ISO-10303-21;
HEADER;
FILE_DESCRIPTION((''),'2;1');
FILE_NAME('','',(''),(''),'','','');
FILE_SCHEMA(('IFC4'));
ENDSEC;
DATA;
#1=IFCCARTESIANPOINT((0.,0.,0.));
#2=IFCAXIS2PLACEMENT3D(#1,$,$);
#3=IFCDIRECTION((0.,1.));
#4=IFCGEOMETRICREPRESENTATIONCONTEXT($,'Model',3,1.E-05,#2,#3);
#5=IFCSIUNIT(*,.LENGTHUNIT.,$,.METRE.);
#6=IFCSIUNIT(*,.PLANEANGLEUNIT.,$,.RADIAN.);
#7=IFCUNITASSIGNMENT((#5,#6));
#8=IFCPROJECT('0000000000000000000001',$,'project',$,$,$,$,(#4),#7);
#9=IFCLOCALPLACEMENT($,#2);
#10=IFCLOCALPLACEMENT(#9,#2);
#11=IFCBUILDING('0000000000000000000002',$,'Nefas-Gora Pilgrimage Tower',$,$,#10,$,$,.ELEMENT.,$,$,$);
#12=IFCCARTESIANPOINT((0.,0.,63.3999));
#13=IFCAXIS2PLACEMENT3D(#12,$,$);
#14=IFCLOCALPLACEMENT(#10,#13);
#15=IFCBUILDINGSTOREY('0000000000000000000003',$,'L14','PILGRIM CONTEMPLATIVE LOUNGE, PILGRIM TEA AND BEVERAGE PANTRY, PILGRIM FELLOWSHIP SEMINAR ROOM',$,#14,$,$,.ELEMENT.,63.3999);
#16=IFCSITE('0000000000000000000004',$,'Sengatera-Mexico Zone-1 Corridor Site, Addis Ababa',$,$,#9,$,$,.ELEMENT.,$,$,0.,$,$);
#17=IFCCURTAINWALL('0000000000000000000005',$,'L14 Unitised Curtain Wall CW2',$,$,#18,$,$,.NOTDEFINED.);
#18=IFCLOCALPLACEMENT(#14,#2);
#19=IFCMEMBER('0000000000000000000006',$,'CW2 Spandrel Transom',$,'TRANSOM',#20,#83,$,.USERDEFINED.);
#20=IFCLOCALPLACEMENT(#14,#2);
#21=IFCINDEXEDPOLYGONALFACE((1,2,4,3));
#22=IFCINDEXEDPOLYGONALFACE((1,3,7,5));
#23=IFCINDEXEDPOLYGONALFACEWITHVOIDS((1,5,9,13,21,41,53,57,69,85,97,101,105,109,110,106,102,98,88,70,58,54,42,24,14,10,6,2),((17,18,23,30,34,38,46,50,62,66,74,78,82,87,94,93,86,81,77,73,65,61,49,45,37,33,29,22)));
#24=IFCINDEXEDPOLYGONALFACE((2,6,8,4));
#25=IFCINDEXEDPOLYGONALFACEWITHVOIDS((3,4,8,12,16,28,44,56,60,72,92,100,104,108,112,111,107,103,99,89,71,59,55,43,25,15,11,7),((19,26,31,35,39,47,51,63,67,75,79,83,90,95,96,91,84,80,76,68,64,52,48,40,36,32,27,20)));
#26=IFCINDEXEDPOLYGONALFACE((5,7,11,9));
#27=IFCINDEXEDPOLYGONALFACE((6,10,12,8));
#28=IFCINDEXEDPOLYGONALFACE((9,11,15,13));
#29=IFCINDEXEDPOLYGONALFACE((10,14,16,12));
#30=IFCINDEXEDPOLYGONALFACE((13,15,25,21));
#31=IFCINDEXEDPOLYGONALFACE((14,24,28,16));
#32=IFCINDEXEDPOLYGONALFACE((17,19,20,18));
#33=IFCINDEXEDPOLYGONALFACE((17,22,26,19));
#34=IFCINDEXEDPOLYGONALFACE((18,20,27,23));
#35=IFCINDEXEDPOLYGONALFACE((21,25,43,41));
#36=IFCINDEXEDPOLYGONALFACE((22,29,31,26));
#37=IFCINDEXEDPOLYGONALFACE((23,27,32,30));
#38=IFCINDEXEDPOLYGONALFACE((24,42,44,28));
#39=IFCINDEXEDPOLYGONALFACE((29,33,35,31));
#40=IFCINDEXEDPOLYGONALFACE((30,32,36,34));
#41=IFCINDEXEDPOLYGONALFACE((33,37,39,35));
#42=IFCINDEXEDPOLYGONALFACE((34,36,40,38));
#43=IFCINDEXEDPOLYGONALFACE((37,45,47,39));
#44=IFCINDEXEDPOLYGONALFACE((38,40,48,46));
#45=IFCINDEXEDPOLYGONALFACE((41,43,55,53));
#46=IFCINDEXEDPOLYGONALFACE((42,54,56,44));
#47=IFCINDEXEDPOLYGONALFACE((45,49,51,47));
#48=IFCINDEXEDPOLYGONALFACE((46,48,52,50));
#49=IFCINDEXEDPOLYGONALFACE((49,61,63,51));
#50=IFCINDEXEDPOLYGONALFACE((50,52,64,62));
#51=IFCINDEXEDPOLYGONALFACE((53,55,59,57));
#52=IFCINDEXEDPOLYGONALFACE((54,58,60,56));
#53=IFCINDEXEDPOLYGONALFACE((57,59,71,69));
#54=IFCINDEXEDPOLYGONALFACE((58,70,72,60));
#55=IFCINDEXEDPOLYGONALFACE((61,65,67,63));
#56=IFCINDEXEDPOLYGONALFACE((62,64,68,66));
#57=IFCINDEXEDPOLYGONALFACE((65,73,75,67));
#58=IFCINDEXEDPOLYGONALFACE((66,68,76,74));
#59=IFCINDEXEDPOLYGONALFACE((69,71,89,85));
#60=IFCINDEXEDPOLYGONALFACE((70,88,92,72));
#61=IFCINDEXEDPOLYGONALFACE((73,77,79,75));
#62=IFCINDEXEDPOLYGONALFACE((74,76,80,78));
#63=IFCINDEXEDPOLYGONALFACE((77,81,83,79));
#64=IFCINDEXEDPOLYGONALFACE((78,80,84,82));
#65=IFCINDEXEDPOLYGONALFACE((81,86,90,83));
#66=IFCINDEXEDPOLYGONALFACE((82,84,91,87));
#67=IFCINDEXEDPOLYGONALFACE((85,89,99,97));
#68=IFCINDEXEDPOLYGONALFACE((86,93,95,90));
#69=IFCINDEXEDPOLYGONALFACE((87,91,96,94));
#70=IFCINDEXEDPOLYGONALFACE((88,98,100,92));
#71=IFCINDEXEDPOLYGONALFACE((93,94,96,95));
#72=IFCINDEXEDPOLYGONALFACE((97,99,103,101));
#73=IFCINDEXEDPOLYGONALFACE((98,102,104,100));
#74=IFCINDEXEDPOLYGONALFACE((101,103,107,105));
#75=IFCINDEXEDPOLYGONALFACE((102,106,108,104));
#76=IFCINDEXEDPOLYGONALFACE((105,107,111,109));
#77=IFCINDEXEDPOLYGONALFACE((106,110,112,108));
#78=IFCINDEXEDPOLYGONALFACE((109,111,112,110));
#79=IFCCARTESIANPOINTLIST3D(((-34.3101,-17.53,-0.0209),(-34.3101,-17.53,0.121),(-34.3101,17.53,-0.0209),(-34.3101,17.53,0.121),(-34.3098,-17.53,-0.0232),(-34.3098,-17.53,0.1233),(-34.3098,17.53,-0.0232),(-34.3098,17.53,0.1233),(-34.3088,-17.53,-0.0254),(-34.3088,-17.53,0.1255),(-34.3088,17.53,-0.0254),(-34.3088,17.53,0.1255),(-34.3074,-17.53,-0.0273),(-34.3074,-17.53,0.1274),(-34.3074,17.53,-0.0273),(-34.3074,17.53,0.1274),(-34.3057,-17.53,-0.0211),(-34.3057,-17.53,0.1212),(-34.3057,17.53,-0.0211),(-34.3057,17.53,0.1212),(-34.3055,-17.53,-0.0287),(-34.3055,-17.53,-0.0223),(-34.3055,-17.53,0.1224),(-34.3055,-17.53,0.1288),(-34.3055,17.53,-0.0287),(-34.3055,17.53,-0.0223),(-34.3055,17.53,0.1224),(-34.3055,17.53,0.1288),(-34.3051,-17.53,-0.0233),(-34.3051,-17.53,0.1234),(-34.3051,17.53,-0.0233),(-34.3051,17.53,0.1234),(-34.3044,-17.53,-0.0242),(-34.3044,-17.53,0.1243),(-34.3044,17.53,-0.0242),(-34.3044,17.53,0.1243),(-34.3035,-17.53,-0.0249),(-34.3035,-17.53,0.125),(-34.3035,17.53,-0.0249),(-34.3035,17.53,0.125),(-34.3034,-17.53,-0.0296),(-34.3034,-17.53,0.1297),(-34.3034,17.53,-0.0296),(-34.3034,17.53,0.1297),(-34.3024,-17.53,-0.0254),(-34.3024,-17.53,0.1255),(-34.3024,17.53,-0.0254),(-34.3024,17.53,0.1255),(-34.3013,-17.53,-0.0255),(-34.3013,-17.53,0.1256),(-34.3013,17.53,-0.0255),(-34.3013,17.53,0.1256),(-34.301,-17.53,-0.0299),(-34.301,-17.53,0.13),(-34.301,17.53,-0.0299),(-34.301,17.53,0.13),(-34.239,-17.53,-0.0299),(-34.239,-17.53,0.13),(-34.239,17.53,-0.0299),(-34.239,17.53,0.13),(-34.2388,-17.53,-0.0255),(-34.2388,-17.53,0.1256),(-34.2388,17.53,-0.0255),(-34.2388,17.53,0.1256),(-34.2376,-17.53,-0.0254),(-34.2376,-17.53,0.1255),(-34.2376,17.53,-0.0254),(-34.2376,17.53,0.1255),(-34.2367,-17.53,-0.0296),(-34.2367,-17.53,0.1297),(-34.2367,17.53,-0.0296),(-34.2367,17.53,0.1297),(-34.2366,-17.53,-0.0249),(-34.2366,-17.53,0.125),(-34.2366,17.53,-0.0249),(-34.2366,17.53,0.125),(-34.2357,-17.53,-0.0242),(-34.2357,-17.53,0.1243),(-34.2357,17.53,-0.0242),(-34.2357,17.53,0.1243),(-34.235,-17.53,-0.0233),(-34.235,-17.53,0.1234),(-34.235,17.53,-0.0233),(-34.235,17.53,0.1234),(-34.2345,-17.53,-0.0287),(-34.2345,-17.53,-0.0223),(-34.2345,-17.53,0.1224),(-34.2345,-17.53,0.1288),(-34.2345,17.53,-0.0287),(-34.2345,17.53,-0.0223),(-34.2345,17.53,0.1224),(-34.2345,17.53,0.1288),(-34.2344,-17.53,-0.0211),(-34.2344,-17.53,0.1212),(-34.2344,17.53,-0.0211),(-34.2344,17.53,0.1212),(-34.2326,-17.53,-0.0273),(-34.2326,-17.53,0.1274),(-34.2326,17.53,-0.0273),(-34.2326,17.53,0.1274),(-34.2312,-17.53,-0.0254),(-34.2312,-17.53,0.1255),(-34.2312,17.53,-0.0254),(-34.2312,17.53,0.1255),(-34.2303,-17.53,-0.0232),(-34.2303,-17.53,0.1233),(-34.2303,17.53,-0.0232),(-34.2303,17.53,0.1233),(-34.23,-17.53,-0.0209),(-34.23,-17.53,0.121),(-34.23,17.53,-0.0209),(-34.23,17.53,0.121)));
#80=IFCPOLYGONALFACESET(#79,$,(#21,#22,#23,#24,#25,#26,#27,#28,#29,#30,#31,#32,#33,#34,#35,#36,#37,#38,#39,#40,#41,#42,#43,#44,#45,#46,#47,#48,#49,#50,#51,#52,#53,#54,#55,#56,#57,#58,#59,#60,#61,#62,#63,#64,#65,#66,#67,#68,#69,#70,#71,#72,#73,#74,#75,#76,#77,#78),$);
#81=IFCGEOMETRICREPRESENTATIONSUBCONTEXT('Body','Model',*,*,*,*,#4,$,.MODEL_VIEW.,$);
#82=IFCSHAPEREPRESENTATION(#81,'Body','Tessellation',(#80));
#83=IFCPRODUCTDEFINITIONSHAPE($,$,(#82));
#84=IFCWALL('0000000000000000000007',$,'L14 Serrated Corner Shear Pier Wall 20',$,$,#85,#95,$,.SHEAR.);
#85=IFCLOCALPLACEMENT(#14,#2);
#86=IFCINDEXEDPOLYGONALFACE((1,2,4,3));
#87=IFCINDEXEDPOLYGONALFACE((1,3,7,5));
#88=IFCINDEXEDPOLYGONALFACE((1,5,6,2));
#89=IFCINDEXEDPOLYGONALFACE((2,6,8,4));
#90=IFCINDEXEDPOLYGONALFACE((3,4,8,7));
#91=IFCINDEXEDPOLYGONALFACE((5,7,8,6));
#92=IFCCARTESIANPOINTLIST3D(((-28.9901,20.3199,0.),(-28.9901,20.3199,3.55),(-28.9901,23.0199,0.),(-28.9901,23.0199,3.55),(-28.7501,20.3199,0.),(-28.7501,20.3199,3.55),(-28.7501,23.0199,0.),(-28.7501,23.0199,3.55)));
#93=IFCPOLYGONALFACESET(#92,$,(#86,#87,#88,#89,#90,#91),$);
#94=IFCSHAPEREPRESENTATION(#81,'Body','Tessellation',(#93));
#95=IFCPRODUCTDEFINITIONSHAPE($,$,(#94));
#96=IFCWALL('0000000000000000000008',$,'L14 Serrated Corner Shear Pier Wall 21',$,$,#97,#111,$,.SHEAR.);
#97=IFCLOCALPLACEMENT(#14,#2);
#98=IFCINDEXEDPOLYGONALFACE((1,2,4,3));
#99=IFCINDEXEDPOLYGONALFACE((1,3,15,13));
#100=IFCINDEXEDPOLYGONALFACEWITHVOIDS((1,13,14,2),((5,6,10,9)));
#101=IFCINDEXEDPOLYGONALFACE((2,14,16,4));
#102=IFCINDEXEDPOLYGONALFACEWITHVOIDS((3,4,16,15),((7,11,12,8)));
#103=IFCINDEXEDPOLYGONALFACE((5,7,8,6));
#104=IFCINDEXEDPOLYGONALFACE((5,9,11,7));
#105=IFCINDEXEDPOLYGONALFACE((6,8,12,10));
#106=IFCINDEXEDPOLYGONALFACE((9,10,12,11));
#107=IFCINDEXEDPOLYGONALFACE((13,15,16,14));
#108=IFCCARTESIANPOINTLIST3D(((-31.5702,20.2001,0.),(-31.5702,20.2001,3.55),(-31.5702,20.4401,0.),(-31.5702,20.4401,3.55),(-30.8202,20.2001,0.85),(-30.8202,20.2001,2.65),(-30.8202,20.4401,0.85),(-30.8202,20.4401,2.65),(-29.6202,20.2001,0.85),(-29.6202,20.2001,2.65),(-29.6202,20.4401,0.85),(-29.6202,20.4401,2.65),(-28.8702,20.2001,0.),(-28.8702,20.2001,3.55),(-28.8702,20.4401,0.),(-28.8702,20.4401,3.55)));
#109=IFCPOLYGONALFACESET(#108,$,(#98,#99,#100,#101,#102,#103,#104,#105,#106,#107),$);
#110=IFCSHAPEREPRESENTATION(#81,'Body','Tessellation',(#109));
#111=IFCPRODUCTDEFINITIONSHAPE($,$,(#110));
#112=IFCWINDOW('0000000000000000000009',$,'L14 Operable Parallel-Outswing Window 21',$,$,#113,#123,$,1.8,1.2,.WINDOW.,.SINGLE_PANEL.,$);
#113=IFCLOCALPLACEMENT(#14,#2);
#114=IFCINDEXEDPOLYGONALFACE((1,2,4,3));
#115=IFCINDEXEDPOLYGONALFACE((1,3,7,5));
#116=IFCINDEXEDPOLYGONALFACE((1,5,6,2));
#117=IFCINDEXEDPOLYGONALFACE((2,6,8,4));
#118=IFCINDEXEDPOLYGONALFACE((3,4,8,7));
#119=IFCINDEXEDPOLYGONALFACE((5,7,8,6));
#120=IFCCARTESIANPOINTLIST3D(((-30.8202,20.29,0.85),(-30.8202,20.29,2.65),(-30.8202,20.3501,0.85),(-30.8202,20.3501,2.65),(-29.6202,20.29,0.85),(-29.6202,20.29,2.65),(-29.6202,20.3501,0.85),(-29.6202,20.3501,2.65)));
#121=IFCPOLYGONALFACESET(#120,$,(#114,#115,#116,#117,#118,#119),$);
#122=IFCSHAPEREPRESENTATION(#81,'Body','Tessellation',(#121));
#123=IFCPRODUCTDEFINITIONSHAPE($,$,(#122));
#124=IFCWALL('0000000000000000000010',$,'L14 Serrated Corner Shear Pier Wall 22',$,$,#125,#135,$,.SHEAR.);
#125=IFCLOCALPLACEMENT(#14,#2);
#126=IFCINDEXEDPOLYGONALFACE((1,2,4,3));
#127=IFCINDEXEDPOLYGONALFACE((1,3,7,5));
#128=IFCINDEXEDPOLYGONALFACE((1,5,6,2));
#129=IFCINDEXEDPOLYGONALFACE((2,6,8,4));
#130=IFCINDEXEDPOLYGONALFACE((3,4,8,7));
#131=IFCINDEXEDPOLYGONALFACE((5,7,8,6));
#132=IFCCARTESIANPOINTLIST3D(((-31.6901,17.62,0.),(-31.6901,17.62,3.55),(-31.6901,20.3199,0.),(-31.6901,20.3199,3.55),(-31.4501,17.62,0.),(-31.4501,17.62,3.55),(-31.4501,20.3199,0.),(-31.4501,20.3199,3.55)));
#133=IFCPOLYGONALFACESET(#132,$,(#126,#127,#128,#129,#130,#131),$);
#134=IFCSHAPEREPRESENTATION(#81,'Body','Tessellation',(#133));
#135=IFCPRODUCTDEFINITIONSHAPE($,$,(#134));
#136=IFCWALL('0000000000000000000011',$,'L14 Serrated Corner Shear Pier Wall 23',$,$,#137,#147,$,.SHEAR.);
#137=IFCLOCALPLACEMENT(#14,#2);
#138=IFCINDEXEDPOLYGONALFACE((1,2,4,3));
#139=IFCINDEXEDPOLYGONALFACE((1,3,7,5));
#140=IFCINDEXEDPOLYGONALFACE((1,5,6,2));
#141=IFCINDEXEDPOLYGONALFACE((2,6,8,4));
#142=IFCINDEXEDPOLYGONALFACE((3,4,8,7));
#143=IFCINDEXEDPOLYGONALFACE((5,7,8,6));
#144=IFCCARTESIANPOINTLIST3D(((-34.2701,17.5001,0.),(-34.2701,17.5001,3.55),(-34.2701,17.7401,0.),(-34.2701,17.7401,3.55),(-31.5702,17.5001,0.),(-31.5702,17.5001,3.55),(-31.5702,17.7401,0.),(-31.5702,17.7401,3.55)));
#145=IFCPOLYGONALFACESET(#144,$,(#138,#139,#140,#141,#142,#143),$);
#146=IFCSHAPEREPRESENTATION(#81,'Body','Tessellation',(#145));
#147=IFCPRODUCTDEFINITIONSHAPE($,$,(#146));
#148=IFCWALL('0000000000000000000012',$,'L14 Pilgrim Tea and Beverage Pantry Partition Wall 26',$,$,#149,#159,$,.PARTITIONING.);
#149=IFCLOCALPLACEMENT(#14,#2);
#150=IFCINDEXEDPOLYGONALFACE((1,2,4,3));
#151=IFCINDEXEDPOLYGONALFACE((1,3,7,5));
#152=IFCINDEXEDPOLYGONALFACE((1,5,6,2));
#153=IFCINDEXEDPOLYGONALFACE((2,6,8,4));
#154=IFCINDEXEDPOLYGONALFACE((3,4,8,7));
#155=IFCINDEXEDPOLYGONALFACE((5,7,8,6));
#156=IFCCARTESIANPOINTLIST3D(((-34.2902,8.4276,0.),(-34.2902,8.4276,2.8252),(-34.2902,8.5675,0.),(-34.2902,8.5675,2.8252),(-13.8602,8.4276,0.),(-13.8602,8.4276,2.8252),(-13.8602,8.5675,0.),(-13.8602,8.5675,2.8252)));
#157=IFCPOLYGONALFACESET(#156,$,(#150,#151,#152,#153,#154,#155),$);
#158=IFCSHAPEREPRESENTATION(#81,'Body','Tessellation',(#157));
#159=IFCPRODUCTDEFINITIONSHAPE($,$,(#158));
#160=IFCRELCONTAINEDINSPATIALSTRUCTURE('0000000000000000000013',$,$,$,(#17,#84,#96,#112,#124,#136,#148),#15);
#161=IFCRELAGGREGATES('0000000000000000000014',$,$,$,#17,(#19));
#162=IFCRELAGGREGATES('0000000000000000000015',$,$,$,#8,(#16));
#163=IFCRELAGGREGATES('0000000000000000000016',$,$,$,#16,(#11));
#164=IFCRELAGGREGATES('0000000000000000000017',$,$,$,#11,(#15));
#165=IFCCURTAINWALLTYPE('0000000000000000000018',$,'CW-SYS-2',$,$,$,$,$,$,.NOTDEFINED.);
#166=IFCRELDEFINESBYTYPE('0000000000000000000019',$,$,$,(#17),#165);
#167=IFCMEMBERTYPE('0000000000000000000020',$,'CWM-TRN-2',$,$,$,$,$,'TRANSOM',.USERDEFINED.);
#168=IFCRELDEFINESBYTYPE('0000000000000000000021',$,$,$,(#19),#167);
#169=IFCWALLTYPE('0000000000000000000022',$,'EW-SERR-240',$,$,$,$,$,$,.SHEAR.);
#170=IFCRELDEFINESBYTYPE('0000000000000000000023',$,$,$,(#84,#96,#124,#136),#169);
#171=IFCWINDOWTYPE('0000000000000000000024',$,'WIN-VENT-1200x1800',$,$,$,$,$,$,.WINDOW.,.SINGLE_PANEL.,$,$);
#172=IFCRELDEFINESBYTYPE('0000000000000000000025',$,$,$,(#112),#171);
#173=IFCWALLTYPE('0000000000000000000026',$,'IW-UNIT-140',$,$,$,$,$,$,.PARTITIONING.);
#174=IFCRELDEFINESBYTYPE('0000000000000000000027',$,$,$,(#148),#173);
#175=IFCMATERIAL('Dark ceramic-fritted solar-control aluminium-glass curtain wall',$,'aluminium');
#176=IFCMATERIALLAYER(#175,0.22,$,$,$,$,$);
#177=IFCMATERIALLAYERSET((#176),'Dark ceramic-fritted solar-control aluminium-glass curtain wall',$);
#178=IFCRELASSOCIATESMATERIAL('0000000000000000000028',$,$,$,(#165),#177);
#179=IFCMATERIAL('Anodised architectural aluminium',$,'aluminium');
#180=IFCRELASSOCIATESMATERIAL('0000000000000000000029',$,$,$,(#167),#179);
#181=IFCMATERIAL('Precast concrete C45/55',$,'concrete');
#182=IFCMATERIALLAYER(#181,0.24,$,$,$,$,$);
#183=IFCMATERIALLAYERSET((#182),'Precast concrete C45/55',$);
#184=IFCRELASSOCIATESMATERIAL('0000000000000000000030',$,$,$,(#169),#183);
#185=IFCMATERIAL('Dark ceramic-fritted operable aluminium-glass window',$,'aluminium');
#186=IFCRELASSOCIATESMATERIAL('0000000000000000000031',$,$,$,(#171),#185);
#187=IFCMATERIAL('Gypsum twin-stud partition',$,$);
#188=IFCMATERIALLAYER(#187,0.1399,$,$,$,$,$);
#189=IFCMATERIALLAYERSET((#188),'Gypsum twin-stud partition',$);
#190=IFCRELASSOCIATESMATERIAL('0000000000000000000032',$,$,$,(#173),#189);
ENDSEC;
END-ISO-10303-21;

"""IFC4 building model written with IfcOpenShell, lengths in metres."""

from ifc_helpers import new_model, si_unit, direction, frame, frame_2d, origin, origin_2d, place, context, subcontext, project, spatial, rectangle, hollow_rectangle, extrude, source, transform, mapped, material, layer, layer_set, material_profile, profile_set, type_object, element, fill, aggregate, save


model = new_model("IFC4")

# Units and contexts
model_context = context("Model", 3, precision=1e-05, world=origin(), true_north=direction((0.0, 1.0)))
body_context = subcontext(model_context, "Body", "Model", "MODEL_VIEW")
ifc_project = project(units=[si_unit("LENGTHUNIT", "METRE"), si_unit("PLANEANGLEUNIT", "RADIAN")], contexts=[model_context])

# Site, building, storey
site_placement = place(None, origin())
site = spatial("IfcSite", under=ifc_project, at=site_placement, Name="Sengatera-Mexico Zone-1 Corridor Site, Addis Ababa", CompositionType="ELEMENT", RefElevation=0.0)
building_placement = place(site_placement, origin())
building = spatial("IfcBuilding", under=site, at=building_placement, Name="Nefas-Gora Pilgrimage Tower", CompositionType="ELEMENT")
storey_placement = place(building_placement, frame((0.0, 0.0, 63.3999)))
storey = spatial("IfcBuildingStorey", under=building, at=storey_placement, Name="L14", Description="PILGRIM CONTEMPLATIVE LOUNGE, PILGRIM TEA AND BEVERAGE PANTRY, PILGRIM FELLOWSHIP SEMINAR ROOM", CompositionType="ELEMENT", Elevation=63.3999)

# Shared definitions
ifc_material_1 = material(Name="Dark ceramic-fritted solar-control aluminium-glass curtain wall", Category="aluminium")
ifc_layer_1 = layer(ifc_material_1, 0.22)
ifc_layer_set_1 = layer_set([ifc_layer_1], Name="Dark ceramic-fritted solar-control aluminium-glass curtain wall")
curtain_wall_type = type_object("IfcCurtainWallType", Name="CW-SYS-2", PredefinedType="NOTDEFINED", material=ifc_layer_set_1)
ifc_material_2 = material(Name="Anodised architectural aluminium", Category="aluminium")

# Curtain wall, member
curtain_wall_1_placement = place(storey_placement, origin())
curtain_wall_1 = element("IfcCurtainWall", 1, at=curtain_wall_1_placement, inside=storey, type_object=curtain_wall_type, Name="L14 Unitised Curtain Wall CW2", PredefinedType="NOTDEFINED")
ifc_material_profile_1 = material_profile(ifc_material_2, hollow_rectangle(XDim=0.0801, YDim=0.1599, WallThickness=0.0044, InnerFilletRadius=0.0044, OuterFilletRadius=0.009, at=origin_2d()), Name="ALU TRANSOM 80x160")
ifc_profile_set_1 = profile_set([ifc_material_profile_1], Name="Anodised architectural aluminium")
member_type_1 = type_object("IfcMemberType", Name="CWM-TRN-2", ElementType="TRANSOM", PredefinedType="USERDEFINED", material=ifc_profile_set_1)
shared_shape_1 = source(origin(), body_context, "Body", "SweptSolid", [
    extrude(hollow_rectangle(XDim=0.0801, YDim=0.1599, WallThickness=0.0044, InnerFilletRadius=0.0044, OuterFilletRadius=0.009, at=origin_2d()), origin(), (0.0, 0.0, 1.0), 35.0601),
])
member_1_placement = place(storey_placement, frame((-34.27, 17.53, 0.05), z_axis=(0.0, -1.0, 0.0), x_axis=(1.0, 0.0, 0.0)))
member_1 = element("IfcMember", 2, at=member_1_placement, type_object=member_type_1, Name="CW2 Spandrel Transom", ObjectType="TRANSOM", PredefinedType="USERDEFINED", context=body_context, shape_type="MappedRepresentation", body=[
    mapped(shared_shape_1, transform((0.0, 0.0, 0.0), x_axis=(1.0, 0.0, 0.0), y_axis=(0.0, 1.0, 0.0), z_axis=(0.0, 0.0, 1.0), scale=1.0)),
])
aggregate(curtain_wall_1, [member_1])

# Wall
ifc_material_3 = material(Name="Precast concrete C45/55", Category="concrete")
ifc_layer_2 = layer(ifc_material_3, 0.24)
ifc_layer_set_2 = layer_set([ifc_layer_2], Name="Precast concrete C45/55")
wall_type_1 = type_object("IfcWallType", Name="EW-SERR-240", PredefinedType="SHEAR", material=ifc_layer_set_2)
shared_shape_2 = source(origin(), body_context, "Body", "SweptSolid", [
    extrude(rectangle(XDim=2.7, YDim=0.24, at=frame_2d((1.3501, 0.0))), origin(), (0.0, 0.0, 1.0), 3.55),
])
wall_1_placement = place(storey_placement, frame((-28.8701, 23.02, 0.0), z_axis=(0.0, 0.0, 1.0), x_axis=(0.0, -1.0, 0.0)))
element("IfcWall", 3, at=wall_1_placement, inside=storey, type_object=wall_type_1, Name="L14 Serrated Corner Shear Pier Wall 20", PredefinedType="SHEAR", context=body_context, shape_type="MappedRepresentation", body=[
    mapped(shared_shape_2, transform((0.0, 0.0, 0.0), x_axis=(1.0, 0.0, 0.0), y_axis=(0.0, 1.0, 0.0), z_axis=(0.0, 0.0, 1.0), scale=1.0)),
])

# Wall, opening, window
wall_2_placement = place(storey_placement, frame((-28.8701, 20.3201, 0.0), z_axis=(0.0, 0.0, 1.0), x_axis=(-1.0, 0.0, 0.0)))
wall_2 = element("IfcWall", 4, at=wall_2_placement, inside=storey, type_object=wall_type_1, Name="L14 Serrated Corner Shear Pier Wall 21", PredefinedType="SHEAR", context=body_context, shape_type="MappedRepresentation", body=[
    mapped(shared_shape_2, transform((0.0, 0.0, 0.0), x_axis=(1.0, 0.0, 0.0), y_axis=(0.0, 1.0, 0.0), z_axis=(0.0, 0.0, 1.0), scale=1.0)),
])
opening_placement = place(wall_2_placement, frame((0.75, 0.0, 0.8501)))
opening = element("IfcOpeningElement", 5, at=opening_placement, cuts=wall_2, PredefinedType="OPENING", context=body_context, shape_type="SweptSolid", body=[
    extrude(rectangle(XDim=1.2, YDim=1.8, at=frame_2d((0.6001, 0.8999))), frame((0.0, 0.1299, 0.0), z_axis=(0.0, -1.0, 0.0), x_axis=(1.0, 0.0, 0.0)), (0.0, 0.0, 1.0), 0.26),
])
ifc_material_4 = material(Name="Dark ceramic-fritted operable aluminium-glass window", Category="aluminium")
window_type = type_object("IfcWindowType", Name="WIN-VENT-1200x1800", PartitioningType="SINGLE_PANEL", PredefinedType="WINDOW", material=ifc_material_4)
shared_shape_3 = source(origin(), body_context, "Body", "SweptSolid", [
    extrude(rectangle(XDim=1.2, YDim=1.8, at=frame_2d((0.6001, 0.8999))), frame((0.0, 0.03, 0.0), z_axis=(0.0, -1.0, 0.0), x_axis=(1.0, 0.0, 0.0)), (0.0, 0.0, 1.0), 0.0601),
])
window_placement = place(opening_placement, origin())
window = element("IfcWindow", 6, at=window_placement, inside=storey, type_object=window_type, Name="L14 Operable Parallel-Outswing Window 21", OverallHeight=1.8, OverallWidth=1.2, PartitioningType="SINGLE_PANEL", PredefinedType="WINDOW", context=body_context, shape_type="MappedRepresentation", body=[
    mapped(shared_shape_3, transform((0.0, 0.0, 0.0), x_axis=(1.0, 0.0, 0.0), y_axis=(0.0, 1.0, 0.0), z_axis=(0.0, 0.0, 1.0), scale=1.0)),
])
fill(opening, window)

# Walls
for number, where, z_axis, x_axis, name in (
    (7, (-31.5701, 20.3201, 0.0), (0.0, 0.0, 1.0), (0.0, -1.0, 0.0), "L14 Serrated Corner Shear Pier Wall 22"),
    (8, (-31.5701, 17.6201, 0.0), (0.0, 0.0, 1.0), (-1.0, 0.0, 0.0), "L14 Serrated Corner Shear Pier Wall 23"),
):
    element("IfcWall", number, at=place(storey_placement, frame(where, z_axis=z_axis, x_axis=x_axis)), inside=storey, type_object=wall_type_1, Name=name, PredefinedType="SHEAR", context=body_context, shape_type="MappedRepresentation", body=[
        mapped(shared_shape_2, transform((0.0, 0.0, 0.0), x_axis=(1.0, 0.0, 0.0), y_axis=(0.0, 1.0, 0.0), z_axis=(0.0, 0.0, 1.0), scale=1.0)),
    ])
ifc_material_5 = material(Name="Gypsum twin-stud partition")
ifc_layer_3 = layer(ifc_material_5, 0.1399)
ifc_layer_set_3 = layer_set([ifc_layer_3], Name="Gypsum twin-stud partition")
wall_type_2 = type_object("IfcWallType", Name="IW-UNIT-140", PredefinedType="PARTITIONING", material=ifc_layer_set_3)
shared_shape_4 = source(origin(), body_context, "Body", "SweptSolid", [
    extrude(rectangle(XDim=20.4299, YDim=0.1399, at=frame_2d((10.2148, 0.0))), origin(), (0.0, 0.0, 1.0), 2.8252),
])
wall_3_placement = place(storey_placement, frame((-34.29, 8.4976, 0.0), z_axis=(0.0, 0.0, 1.0), x_axis=(1.0, 0.0, 0.0)))
element("IfcWall", 9, at=wall_3_placement, inside=storey, type_object=wall_type_2, Name="L14 Pilgrim Tea and Beverage Pantry Partition Wall 26", PredefinedType="PARTITIONING", context=body_context, shape_type="MappedRepresentation", body=[
    mapped(shared_shape_4, transform((0.0, 0.0, 0.0), x_axis=(1.0, 0.0, 0.0), y_axis=(0.0, 1.0, 0.0), z_axis=(0.0, 0.0, 1.0), scale=1.0)),
])

save(model, "model.ifc")
